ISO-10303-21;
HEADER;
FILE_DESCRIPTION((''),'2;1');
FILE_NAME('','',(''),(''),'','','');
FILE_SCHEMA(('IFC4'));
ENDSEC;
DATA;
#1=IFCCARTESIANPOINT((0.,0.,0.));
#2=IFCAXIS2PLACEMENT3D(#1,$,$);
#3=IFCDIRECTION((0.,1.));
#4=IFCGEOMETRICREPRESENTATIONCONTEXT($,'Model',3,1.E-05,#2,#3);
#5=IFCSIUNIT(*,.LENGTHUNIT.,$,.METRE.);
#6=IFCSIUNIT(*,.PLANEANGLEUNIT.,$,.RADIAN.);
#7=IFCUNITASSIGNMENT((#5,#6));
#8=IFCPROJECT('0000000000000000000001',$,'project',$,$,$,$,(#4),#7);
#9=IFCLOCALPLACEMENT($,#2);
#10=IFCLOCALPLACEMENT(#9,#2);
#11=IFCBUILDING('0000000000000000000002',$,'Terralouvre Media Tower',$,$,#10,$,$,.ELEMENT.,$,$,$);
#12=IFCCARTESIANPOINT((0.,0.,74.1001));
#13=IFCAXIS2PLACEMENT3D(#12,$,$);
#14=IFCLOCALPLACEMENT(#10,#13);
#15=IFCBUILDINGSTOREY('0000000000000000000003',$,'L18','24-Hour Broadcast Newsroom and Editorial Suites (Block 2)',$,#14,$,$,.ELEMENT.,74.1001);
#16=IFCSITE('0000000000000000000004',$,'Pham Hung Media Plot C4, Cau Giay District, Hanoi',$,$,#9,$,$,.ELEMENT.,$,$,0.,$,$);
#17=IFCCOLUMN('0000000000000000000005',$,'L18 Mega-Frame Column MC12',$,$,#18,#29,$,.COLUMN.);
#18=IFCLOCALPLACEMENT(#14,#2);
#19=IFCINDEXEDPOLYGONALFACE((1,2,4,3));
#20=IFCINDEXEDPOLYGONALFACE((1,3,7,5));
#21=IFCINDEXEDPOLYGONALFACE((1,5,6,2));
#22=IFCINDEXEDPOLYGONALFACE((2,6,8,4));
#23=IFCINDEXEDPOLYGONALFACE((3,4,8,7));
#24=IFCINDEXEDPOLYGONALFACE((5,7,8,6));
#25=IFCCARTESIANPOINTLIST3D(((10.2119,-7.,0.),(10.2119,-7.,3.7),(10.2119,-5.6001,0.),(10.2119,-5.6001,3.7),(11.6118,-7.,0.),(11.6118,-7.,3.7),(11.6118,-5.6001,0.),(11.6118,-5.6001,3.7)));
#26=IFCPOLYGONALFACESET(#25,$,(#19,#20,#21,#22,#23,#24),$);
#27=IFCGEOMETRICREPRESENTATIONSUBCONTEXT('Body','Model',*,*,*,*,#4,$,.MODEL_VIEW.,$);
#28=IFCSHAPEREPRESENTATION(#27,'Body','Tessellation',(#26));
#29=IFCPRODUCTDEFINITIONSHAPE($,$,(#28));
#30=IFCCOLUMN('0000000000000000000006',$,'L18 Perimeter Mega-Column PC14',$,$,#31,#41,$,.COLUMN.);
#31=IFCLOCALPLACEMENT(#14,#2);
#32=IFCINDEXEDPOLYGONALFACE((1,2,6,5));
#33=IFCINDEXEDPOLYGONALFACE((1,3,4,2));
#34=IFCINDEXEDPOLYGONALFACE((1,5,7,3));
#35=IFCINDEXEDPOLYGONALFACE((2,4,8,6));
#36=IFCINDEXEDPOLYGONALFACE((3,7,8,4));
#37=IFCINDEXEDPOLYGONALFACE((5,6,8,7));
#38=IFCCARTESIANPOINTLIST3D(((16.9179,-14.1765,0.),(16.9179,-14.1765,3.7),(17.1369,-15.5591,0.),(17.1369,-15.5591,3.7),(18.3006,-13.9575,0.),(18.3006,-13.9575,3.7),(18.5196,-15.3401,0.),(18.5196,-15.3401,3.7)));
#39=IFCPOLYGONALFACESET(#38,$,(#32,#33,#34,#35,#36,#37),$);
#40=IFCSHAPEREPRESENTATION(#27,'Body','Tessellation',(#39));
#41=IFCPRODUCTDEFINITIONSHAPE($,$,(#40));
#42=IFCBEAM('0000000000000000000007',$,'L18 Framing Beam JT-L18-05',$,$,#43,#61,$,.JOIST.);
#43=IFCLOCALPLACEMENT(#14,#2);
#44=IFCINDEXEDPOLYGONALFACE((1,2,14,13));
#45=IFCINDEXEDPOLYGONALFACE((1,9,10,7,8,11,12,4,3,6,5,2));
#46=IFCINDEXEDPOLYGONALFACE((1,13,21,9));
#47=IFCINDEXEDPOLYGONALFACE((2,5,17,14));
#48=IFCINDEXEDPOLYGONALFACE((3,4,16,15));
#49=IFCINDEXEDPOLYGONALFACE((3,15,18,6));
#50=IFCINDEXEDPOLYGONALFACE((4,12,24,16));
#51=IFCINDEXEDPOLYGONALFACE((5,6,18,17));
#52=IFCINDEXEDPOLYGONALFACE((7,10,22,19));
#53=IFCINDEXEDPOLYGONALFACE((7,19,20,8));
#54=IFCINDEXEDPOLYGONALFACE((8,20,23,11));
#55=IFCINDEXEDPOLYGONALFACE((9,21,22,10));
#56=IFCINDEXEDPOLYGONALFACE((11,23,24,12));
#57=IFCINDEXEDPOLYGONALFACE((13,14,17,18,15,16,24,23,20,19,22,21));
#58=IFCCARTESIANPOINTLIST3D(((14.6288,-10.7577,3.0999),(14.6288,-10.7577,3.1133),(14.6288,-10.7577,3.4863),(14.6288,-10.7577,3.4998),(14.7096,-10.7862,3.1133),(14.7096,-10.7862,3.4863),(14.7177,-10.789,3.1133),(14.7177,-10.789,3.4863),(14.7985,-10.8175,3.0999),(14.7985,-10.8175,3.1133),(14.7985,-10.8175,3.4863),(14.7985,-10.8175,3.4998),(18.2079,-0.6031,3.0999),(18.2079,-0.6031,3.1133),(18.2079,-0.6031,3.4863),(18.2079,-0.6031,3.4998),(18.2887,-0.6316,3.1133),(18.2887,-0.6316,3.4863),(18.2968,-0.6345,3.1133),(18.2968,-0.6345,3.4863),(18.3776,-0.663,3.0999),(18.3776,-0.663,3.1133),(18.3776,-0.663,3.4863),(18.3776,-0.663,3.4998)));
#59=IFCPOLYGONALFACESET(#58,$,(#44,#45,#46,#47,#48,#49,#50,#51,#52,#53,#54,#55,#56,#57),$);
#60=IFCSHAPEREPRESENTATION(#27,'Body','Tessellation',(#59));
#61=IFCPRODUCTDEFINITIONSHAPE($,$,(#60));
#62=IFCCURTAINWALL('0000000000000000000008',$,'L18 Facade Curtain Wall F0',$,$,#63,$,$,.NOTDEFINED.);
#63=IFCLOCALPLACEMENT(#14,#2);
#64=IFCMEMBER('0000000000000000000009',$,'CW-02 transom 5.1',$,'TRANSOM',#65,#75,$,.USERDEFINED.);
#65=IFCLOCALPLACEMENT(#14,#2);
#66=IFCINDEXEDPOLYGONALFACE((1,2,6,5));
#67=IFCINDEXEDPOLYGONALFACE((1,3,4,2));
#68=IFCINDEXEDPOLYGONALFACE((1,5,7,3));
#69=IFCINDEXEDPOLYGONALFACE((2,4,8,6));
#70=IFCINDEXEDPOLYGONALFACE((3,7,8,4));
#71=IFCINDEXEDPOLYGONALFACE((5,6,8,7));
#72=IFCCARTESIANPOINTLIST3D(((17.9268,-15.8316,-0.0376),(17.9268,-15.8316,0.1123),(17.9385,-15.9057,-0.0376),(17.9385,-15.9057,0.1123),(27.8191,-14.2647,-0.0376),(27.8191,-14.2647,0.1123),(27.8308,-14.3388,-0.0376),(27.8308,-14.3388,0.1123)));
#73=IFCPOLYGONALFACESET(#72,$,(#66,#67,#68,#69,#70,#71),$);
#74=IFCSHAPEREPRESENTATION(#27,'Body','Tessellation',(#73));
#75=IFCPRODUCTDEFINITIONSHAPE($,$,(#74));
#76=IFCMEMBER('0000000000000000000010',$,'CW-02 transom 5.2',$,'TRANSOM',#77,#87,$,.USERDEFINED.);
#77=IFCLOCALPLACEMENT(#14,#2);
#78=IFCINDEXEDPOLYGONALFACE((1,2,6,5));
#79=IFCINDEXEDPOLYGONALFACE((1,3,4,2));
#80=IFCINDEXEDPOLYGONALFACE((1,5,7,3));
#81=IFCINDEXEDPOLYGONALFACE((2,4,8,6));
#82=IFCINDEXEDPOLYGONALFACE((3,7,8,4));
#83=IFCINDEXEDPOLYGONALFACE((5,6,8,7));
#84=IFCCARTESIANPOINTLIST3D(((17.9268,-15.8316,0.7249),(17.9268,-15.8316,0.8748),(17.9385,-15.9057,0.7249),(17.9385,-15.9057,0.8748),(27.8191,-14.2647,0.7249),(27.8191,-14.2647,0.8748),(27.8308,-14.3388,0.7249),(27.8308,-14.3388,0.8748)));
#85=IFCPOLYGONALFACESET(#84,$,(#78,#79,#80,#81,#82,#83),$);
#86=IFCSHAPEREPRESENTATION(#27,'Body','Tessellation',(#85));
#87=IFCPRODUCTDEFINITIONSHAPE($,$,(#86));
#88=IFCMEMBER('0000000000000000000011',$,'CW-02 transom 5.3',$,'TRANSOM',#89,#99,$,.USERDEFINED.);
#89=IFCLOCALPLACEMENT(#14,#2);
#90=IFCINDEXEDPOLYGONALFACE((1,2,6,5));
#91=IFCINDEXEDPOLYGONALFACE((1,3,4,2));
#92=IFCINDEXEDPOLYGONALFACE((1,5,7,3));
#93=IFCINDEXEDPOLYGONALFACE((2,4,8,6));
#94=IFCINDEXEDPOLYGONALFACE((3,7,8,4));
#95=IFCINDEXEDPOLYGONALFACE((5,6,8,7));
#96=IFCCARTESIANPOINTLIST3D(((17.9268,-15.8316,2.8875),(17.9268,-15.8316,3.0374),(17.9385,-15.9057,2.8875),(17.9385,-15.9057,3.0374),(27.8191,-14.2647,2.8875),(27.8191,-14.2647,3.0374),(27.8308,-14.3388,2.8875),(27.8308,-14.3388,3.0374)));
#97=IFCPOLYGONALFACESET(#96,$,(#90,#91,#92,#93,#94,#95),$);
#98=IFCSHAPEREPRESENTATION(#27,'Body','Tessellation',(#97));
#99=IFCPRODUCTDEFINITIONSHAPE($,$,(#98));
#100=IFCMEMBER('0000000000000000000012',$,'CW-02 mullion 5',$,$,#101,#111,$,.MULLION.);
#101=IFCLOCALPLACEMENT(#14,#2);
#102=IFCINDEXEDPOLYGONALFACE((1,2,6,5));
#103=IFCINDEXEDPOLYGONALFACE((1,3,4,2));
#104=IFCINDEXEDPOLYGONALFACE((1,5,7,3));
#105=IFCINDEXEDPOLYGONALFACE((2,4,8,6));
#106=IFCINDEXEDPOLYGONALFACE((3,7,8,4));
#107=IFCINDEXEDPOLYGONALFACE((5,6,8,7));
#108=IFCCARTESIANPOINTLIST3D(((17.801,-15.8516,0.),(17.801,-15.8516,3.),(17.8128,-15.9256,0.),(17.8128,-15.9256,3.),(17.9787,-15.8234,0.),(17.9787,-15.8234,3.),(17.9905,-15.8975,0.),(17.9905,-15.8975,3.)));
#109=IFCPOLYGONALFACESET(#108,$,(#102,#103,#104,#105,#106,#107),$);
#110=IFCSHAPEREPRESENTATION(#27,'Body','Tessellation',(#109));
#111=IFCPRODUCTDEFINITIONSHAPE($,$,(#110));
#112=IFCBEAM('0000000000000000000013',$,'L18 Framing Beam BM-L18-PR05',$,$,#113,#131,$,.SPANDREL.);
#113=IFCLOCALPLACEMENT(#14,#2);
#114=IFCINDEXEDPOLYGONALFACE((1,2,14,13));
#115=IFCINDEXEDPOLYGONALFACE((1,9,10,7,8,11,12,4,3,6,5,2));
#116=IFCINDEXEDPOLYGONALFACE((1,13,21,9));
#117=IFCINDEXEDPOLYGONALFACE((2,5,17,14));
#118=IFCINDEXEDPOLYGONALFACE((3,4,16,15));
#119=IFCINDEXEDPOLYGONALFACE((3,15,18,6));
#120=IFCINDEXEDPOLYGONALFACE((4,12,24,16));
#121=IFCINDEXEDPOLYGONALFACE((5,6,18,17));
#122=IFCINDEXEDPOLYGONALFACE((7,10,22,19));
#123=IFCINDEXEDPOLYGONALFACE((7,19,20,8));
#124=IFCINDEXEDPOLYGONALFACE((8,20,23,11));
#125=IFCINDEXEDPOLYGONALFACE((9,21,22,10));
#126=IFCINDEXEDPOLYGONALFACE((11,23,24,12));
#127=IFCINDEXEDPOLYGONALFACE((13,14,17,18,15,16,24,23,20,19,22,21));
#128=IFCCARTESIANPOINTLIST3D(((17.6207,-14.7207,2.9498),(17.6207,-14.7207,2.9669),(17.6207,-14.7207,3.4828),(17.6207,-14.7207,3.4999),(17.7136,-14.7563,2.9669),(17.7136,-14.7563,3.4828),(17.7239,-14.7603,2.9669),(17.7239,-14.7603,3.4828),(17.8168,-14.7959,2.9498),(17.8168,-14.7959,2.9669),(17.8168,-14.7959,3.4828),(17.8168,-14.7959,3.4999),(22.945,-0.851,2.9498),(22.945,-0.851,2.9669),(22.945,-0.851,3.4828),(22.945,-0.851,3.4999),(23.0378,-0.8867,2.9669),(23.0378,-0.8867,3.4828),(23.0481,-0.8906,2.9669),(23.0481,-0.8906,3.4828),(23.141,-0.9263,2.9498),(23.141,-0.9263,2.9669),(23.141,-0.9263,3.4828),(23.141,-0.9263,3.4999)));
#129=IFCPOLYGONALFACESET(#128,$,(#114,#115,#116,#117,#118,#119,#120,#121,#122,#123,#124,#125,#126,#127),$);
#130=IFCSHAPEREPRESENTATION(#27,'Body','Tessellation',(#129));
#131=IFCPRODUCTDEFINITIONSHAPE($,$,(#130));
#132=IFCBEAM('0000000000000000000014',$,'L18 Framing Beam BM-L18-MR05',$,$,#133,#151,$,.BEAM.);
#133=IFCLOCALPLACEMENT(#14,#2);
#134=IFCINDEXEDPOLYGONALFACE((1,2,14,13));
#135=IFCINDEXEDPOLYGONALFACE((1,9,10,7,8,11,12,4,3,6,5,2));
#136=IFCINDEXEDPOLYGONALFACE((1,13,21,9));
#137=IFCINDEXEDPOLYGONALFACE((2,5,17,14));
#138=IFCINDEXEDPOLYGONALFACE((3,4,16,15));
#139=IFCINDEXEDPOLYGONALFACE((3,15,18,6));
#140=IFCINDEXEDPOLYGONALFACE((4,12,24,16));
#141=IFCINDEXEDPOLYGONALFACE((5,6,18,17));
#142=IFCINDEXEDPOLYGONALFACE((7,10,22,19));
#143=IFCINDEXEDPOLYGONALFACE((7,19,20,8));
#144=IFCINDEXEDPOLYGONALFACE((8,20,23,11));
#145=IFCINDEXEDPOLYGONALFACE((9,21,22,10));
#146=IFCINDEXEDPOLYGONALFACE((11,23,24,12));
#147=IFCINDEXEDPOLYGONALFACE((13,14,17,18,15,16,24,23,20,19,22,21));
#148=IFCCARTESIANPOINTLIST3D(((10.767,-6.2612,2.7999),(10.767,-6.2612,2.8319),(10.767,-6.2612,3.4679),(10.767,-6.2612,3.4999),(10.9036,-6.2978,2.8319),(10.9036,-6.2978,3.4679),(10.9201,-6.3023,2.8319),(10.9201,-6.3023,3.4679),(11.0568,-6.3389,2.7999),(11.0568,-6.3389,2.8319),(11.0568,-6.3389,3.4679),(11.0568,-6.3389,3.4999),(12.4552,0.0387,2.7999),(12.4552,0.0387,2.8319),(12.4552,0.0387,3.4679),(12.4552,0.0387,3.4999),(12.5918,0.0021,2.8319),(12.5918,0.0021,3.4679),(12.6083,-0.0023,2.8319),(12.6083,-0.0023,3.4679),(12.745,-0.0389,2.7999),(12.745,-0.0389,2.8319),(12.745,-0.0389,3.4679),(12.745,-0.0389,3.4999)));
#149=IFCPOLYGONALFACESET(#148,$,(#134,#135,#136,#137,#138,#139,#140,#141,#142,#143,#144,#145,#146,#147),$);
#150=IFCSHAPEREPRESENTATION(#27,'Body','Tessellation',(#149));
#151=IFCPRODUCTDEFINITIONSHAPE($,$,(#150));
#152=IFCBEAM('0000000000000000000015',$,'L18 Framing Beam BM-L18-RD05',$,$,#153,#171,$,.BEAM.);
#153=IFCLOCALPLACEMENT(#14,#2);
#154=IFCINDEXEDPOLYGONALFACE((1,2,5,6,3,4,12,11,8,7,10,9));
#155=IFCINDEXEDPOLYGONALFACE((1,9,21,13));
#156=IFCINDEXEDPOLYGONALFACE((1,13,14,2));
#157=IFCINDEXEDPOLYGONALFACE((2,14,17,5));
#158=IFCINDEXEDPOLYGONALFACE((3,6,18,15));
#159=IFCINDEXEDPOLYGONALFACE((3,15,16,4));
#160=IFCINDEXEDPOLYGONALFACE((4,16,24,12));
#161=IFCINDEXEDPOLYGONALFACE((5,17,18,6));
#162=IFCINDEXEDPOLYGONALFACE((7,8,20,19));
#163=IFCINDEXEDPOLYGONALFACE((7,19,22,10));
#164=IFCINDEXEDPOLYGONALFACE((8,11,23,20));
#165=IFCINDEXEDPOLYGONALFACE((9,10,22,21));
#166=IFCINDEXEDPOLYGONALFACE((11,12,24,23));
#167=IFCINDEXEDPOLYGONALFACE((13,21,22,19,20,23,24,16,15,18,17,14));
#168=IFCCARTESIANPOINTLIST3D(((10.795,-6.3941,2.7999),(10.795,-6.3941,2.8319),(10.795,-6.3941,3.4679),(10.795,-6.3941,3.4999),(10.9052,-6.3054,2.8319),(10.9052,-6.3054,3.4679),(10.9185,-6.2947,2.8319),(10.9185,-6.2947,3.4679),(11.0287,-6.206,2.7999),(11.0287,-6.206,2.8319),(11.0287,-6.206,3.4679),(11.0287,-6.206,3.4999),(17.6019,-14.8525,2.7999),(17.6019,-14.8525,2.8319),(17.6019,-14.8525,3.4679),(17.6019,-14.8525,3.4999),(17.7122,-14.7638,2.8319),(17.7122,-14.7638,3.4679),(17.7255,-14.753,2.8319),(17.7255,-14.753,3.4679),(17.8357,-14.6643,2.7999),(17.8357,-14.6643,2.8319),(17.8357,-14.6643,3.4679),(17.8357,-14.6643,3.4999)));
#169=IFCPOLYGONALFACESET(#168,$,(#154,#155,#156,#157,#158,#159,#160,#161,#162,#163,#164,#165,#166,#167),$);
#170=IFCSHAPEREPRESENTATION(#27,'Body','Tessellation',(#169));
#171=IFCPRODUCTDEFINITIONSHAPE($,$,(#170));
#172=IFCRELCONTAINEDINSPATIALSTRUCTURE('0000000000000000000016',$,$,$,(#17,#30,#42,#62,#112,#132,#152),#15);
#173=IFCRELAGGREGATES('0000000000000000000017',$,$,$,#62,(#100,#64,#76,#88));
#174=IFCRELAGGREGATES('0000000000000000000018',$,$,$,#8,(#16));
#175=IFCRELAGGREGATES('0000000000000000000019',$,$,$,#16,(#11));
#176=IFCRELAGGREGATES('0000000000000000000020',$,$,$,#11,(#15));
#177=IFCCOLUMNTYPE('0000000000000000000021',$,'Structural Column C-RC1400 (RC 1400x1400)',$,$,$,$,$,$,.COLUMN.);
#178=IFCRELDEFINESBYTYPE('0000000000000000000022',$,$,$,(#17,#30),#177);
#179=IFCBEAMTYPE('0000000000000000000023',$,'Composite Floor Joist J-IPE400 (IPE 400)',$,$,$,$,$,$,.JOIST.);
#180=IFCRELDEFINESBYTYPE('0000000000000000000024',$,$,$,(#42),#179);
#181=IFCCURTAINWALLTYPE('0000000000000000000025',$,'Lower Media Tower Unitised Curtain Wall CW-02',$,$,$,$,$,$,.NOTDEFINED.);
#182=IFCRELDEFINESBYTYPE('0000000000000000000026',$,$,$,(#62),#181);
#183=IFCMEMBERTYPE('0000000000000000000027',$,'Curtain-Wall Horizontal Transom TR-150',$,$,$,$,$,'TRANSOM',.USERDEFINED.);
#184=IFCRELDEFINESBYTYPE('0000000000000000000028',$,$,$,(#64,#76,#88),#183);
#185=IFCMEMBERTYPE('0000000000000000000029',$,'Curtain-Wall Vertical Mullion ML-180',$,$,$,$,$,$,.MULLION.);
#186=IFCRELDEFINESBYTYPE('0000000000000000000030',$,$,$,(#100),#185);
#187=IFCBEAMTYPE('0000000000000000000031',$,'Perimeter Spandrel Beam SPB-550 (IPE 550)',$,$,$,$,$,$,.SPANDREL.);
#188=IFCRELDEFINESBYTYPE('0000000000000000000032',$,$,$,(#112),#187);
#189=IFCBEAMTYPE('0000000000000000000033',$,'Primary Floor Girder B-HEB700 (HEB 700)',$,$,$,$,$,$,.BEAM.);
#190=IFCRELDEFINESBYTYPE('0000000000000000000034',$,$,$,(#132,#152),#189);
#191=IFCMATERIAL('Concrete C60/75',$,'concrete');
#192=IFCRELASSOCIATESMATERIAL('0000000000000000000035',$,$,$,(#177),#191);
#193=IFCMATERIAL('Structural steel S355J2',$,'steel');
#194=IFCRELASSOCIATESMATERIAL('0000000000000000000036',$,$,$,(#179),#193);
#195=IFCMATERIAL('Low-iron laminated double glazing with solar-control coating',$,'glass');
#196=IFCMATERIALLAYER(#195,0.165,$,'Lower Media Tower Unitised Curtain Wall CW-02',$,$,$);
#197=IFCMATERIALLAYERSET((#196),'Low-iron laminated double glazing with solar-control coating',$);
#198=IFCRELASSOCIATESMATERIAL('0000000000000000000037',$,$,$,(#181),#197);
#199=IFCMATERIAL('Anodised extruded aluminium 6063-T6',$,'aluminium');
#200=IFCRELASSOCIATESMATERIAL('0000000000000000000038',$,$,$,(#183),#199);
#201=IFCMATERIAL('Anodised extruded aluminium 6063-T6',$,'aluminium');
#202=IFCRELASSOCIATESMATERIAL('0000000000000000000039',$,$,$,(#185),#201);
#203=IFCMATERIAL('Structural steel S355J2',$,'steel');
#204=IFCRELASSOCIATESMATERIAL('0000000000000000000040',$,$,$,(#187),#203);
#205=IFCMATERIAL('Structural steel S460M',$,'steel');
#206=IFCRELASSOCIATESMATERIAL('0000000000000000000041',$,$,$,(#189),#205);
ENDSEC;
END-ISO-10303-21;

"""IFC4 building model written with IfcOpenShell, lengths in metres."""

from ifc_helpers import new_model, si_unit, direction, frame, origin, origin_2d, place, context, subcontext, project, spatial, rectangle, i_section, extrude, material, layer, layer_set, material_profile, profile_set, type_object, element, aggregate, save


model = new_model("IFC4")

# Units and contexts
model_context = context("Model", 3, precision=1e-05, world=origin(), true_north=direction((0.0, 1.0)))
body_context = subcontext(model_context, "Body", "Model", "MODEL_VIEW")
ifc_project = project(units=[si_unit("LENGTHUNIT", "METRE"), si_unit("PLANEANGLEUNIT", "RADIAN")], contexts=[model_context])

# Site, building, storey
site_placement = place(None, origin())
site = spatial("IfcSite", under=ifc_project, at=site_placement, Name="Pham Hung Media Plot C4, Cau Giay District, Hanoi", CompositionType="ELEMENT", RefElevation=0.0)
building_placement = place(site_placement, origin())
building = spatial("IfcBuilding", under=site, at=building_placement, Name="Terralouvre Media Tower", CompositionType="ELEMENT")
storey_placement = place(building_placement, frame((0.0, 0.0, 74.1001)))
storey = spatial("IfcBuildingStorey", under=building, at=storey_placement, Name="L18", Description="24-Hour Broadcast Newsroom and Editorial Suites (Block 2)", CompositionType="ELEMENT", Elevation=74.1001)

# Columns
ifc_material_1 = material(Name="Concrete C60/75", Category="concrete")
ifc_material_profile_1 = material_profile(ifc_material_1, rectangle(XDim=1.3999, YDim=1.3999, at=origin_2d()), Name="RC 1400x1400")
ifc_profile_set_1 = profile_set([ifc_material_profile_1], Name="Concrete C60/75")
column_type = type_object("IfcColumnType", Name="Structural Column C-RC1400 (RC 1400x1400)", PredefinedType="COLUMN", material=ifc_profile_set_1)
for number, where, z_axis, x_axis, name in (
    (1, (10.9119, -6.3, 0.0), (0.0, 0.0, 1.0), (1.0, 0.0, 0.0), "L18 Mega-Frame Column MC12"),
    (2, (17.7188, -14.7583, 0.0), (0.0, 0.0, 1.0), (0.987688, 0.156434, 0.0), "L18 Perimeter Mega-Column PC14"),
):
    element("IfcColumn", number, at=place(storey_placement, frame(where, z_axis=z_axis, x_axis=x_axis)), inside=storey, type_object=column_type, Name=name, PredefinedType="COLUMN", context=body_context, shape_type="SweptSolid", body=[
        extrude(rectangle(XDim=1.3999, YDim=1.3999, at=origin_2d()), origin(), (0.0, 0.0, 1.0), 3.7),
    ])

# Beam
ifc_material_2 = material(Name="Structural steel S355J2", Category="steel")
ifc_material_profile_2 = material_profile(ifc_material_2, i_section(OverallWidth=0.1799, OverallDepth=0.3999, WebThickness=0.0085, FlangeThickness=0.0134, at=origin_2d()), Name="IPE 400")
ifc_profile_set_2 = profile_set([ifc_material_profile_2], Name="Structural steel S355J2")
beam_type_1 = type_object("IfcBeamType", Name="Composite Floor Joist J-IPE400 (IPE 400)", PredefinedType="JOIST", material=ifc_profile_set_2)
beam_1_placement = place(storey_placement, frame((14.7136, -10.7876, 3.2998), z_axis=(0.332419, 0.943132, 0.0), x_axis=(-0.943132, 0.332419, 0.0)))
element("IfcBeam", 3, at=beam_1_placement, inside=storey, type_object=beam_type_1, Name="L18 Framing Beam JT-L18-05", PredefinedType="JOIST", context=body_context, shape_type="SweptSolid", body=[
    extrude(i_section(OverallWidth=0.1799, OverallDepth=0.3999, WebThickness=0.0085, FlangeThickness=0.0134, at=origin_2d()), origin(), (0.0, 0.0, 1.0), 10.7668),
])

# Curtain wall, members
ifc_material_3 = material(Name="Low-iron laminated double glazing with solar-control coating", Category="glass")
ifc_layer_1 = layer(ifc_material_3, 0.165, Name="Lower Media Tower Unitised Curtain Wall CW-02")
ifc_layer_set_1 = layer_set([ifc_layer_1], Name="Low-iron laminated double glazing with solar-control coating")
curtain_wall_type = type_object("IfcCurtainWallType", Name="Lower Media Tower Unitised Curtain Wall CW-02", PredefinedType="NOTDEFINED", material=ifc_layer_set_1)
curtain_wall_placement = place(storey_placement, origin())
curtain_wall = element("IfcCurtainWall", 4, at=curtain_wall_placement, inside=storey, type_object=curtain_wall_type, Name="L18 Facade Curtain Wall F0", PredefinedType="NOTDEFINED")
ifc_material_4 = material(Name="Anodised extruded aluminium 6063-T6", Category="aluminium")
ifc_material_profile_3 = material_profile(ifc_material_4, rectangle(XDim=0.075, YDim=0.1499, at=origin_2d()), Name="ALU 75x150")
ifc_profile_set_3 = profile_set([ifc_material_profile_3], Name="Anodised extruded aluminium 6063-T6")
member_type_1 = type_object("IfcMemberType", Name="Curtain-Wall Horizontal Transom TR-150", ElementType="TRANSOM", PredefinedType="USERDEFINED", material=ifc_profile_set_3)
member_1_placement = place(storey_placement, frame((17.9326, -15.8687, 0.0374), z_axis=(0.987687, 0.156444, 0.0), x_axis=(-0.156444, 0.987687, 0.0)))
member_1 = element("IfcMember", 5, at=member_1_placement, type_object=member_type_1, Name="CW-02 transom 5.1", ObjectType="TRANSOM", PredefinedType="USERDEFINED", context=body_context, shape_type="SweptSolid", body=[
    extrude(rectangle(XDim=0.075, YDim=0.1499, at=origin_2d()), origin(), (0.0, 0.0, 1.0), 10.0156),
])
member_2_placement = place(storey_placement, frame((17.9326, -15.8687, 0.7998), z_axis=(0.987687, 0.156444, 0.0), x_axis=(-0.156444, 0.987687, 0.0)))
member_2 = element("IfcMember", 6, at=member_2_placement, type_object=member_type_1, Name="CW-02 transom 5.2", ObjectType="TRANSOM", PredefinedType="USERDEFINED", context=body_context, shape_type="SweptSolid", body=[
    extrude(rectangle(XDim=0.075, YDim=0.1499, at=origin_2d()), origin(), (0.0, 0.0, 1.0), 10.0156),
])
member_3_placement = place(storey_placement, frame((17.9326, -15.8687, 2.9624), z_axis=(0.987687, 0.156444, 0.0), x_axis=(-0.156444, 0.987687, 0.0)))
member_3 = element("IfcMember", 7, at=member_3_placement, type_object=member_type_1, Name="CW-02 transom 5.3", ObjectType="TRANSOM", PredefinedType="USERDEFINED", context=body_context, shape_type="SweptSolid", body=[
    extrude(rectangle(XDim=0.075, YDim=0.1499, at=origin_2d()), origin(), (0.0, 0.0, 1.0), 10.0156),
])
ifc_material_5 = material(Name="Anodised extruded aluminium 6063-T6", Category="aluminium")
ifc_material_profile_4 = material_profile(ifc_material_5, rectangle(XDim=0.075, YDim=0.1799, at=origin_2d()), Name="ALU 75x180")
ifc_profile_set_4 = profile_set([ifc_material_profile_4], Name="Anodised extruded aluminium 6063-T6")
member_type_2 = type_object("IfcMemberType", Name="Curtain-Wall Vertical Mullion ML-180", PredefinedType="MULLION", material=ifc_profile_set_4)
member_4_placement = place(storey_placement, frame((17.8958, -15.8745, 0.0), z_axis=(0.0, 0.0, 1.0), x_axis=(-0.156434, 0.987688, 0.0)))
member_4 = element("IfcMember", 8, at=member_4_placement, type_object=member_type_2, Name="CW-02 mullion 5", PredefinedType="MULLION", context=body_context, shape_type="SweptSolid", body=[
    extrude(rectangle(XDim=0.075, YDim=0.1799, at=origin_2d()), origin(), (0.0, 0.0, 1.0), 3.0),
])

# Beams
ifc_material_6 = material(Name="Structural steel S355J2", Category="steel")
ifc_material_profile_5 = material_profile(ifc_material_6, i_section(OverallWidth=0.21, OverallDepth=0.55, WebThickness=0.011, FlangeThickness=0.0171, at=origin_2d()), Name="IPE 550")
ifc_profile_set_5 = profile_set([ifc_material_profile_5], Name="Structural steel S355J2")
beam_type_2 = type_object("IfcBeamType", Name="Perimeter Spandrel Beam SPB-550 (IPE 550)", PredefinedType="SPANDREL", material=ifc_profile_set_5)
beam_2_placement = place(storey_placement, frame((17.7188, -14.7583, 3.2249), z_axis=(0.358378, 0.933577, 0.0), x_axis=(-0.933577, 0.358378, 0.0)))
element("IfcBeam", 9, at=beam_2_placement, inside=storey, type_object=beam_type_2, Name="L18 Framing Beam BM-L18-PR05", PredefinedType="SPANDREL", context=body_context, shape_type="SweptSolid", body=[
    extrude(i_section(OverallWidth=0.21, OverallDepth=0.55, WebThickness=0.011, FlangeThickness=0.0171, at=origin_2d()), origin(), (0.0, 0.0, 1.0), 14.8564),
])
ifc_material_7 = material(Name="Structural steel S460M", Category="steel")
ifc_material_profile_6 = material_profile(ifc_material_7, i_section(OverallWidth=0.3, OverallDepth=0.7, WebThickness=0.0171, FlangeThickness=0.032, at=origin_2d()), Name="HEB 700")
ifc_profile_set_6 = profile_set([ifc_material_profile_6], Name="Structural steel S460M")
beam_type_3 = type_object("IfcBeamType", Name="Primary Floor Girder B-HEB700 (HEB 700)", PredefinedType="BEAM", material=ifc_profile_set_6)
beam_3_placement = place(storey_placement, frame((10.9119, -6.3, 3.1499), z_axis=(0.258839, 0.96592, 0.0), x_axis=(-0.96592, 0.258839, 0.0)))
element("IfcBeam", 10, at=beam_3_placement, inside=storey, type_object=beam_type_3, Name="L18 Framing Beam BM-L18-MR05", PredefinedType="BEAM", context=body_context, shape_type="SweptSolid", body=[
    extrude(i_section(OverallWidth=0.3, OverallDepth=0.7, WebThickness=0.0171, FlangeThickness=0.032, at=origin_2d()), origin(), (0.0, 0.0, 1.0), 6.5222),
])
beam_4_placement = place(storey_placement, frame((10.9119, -6.3, 3.1499), z_axis=(0.626955, -0.779056, 0.0), x_axis=(0.779056, 0.626955, 0.0)))
element("IfcBeam", 11, at=beam_4_placement, inside=storey, type_object=beam_type_3, Name="L18 Framing Beam BM-L18-RD05", PredefinedType="BEAM", context=body_context, shape_type="SweptSolid", body=[
    extrude(i_section(OverallWidth=0.3, OverallDepth=0.7, WebThickness=0.0171, FlangeThickness=0.032, at=origin_2d()), origin(), (0.0, 0.0, 1.0), 10.8572),
])

aggregate(curtain_wall, [member_4, member_1, member_2, member_3])

save(model, "model.ifc")
